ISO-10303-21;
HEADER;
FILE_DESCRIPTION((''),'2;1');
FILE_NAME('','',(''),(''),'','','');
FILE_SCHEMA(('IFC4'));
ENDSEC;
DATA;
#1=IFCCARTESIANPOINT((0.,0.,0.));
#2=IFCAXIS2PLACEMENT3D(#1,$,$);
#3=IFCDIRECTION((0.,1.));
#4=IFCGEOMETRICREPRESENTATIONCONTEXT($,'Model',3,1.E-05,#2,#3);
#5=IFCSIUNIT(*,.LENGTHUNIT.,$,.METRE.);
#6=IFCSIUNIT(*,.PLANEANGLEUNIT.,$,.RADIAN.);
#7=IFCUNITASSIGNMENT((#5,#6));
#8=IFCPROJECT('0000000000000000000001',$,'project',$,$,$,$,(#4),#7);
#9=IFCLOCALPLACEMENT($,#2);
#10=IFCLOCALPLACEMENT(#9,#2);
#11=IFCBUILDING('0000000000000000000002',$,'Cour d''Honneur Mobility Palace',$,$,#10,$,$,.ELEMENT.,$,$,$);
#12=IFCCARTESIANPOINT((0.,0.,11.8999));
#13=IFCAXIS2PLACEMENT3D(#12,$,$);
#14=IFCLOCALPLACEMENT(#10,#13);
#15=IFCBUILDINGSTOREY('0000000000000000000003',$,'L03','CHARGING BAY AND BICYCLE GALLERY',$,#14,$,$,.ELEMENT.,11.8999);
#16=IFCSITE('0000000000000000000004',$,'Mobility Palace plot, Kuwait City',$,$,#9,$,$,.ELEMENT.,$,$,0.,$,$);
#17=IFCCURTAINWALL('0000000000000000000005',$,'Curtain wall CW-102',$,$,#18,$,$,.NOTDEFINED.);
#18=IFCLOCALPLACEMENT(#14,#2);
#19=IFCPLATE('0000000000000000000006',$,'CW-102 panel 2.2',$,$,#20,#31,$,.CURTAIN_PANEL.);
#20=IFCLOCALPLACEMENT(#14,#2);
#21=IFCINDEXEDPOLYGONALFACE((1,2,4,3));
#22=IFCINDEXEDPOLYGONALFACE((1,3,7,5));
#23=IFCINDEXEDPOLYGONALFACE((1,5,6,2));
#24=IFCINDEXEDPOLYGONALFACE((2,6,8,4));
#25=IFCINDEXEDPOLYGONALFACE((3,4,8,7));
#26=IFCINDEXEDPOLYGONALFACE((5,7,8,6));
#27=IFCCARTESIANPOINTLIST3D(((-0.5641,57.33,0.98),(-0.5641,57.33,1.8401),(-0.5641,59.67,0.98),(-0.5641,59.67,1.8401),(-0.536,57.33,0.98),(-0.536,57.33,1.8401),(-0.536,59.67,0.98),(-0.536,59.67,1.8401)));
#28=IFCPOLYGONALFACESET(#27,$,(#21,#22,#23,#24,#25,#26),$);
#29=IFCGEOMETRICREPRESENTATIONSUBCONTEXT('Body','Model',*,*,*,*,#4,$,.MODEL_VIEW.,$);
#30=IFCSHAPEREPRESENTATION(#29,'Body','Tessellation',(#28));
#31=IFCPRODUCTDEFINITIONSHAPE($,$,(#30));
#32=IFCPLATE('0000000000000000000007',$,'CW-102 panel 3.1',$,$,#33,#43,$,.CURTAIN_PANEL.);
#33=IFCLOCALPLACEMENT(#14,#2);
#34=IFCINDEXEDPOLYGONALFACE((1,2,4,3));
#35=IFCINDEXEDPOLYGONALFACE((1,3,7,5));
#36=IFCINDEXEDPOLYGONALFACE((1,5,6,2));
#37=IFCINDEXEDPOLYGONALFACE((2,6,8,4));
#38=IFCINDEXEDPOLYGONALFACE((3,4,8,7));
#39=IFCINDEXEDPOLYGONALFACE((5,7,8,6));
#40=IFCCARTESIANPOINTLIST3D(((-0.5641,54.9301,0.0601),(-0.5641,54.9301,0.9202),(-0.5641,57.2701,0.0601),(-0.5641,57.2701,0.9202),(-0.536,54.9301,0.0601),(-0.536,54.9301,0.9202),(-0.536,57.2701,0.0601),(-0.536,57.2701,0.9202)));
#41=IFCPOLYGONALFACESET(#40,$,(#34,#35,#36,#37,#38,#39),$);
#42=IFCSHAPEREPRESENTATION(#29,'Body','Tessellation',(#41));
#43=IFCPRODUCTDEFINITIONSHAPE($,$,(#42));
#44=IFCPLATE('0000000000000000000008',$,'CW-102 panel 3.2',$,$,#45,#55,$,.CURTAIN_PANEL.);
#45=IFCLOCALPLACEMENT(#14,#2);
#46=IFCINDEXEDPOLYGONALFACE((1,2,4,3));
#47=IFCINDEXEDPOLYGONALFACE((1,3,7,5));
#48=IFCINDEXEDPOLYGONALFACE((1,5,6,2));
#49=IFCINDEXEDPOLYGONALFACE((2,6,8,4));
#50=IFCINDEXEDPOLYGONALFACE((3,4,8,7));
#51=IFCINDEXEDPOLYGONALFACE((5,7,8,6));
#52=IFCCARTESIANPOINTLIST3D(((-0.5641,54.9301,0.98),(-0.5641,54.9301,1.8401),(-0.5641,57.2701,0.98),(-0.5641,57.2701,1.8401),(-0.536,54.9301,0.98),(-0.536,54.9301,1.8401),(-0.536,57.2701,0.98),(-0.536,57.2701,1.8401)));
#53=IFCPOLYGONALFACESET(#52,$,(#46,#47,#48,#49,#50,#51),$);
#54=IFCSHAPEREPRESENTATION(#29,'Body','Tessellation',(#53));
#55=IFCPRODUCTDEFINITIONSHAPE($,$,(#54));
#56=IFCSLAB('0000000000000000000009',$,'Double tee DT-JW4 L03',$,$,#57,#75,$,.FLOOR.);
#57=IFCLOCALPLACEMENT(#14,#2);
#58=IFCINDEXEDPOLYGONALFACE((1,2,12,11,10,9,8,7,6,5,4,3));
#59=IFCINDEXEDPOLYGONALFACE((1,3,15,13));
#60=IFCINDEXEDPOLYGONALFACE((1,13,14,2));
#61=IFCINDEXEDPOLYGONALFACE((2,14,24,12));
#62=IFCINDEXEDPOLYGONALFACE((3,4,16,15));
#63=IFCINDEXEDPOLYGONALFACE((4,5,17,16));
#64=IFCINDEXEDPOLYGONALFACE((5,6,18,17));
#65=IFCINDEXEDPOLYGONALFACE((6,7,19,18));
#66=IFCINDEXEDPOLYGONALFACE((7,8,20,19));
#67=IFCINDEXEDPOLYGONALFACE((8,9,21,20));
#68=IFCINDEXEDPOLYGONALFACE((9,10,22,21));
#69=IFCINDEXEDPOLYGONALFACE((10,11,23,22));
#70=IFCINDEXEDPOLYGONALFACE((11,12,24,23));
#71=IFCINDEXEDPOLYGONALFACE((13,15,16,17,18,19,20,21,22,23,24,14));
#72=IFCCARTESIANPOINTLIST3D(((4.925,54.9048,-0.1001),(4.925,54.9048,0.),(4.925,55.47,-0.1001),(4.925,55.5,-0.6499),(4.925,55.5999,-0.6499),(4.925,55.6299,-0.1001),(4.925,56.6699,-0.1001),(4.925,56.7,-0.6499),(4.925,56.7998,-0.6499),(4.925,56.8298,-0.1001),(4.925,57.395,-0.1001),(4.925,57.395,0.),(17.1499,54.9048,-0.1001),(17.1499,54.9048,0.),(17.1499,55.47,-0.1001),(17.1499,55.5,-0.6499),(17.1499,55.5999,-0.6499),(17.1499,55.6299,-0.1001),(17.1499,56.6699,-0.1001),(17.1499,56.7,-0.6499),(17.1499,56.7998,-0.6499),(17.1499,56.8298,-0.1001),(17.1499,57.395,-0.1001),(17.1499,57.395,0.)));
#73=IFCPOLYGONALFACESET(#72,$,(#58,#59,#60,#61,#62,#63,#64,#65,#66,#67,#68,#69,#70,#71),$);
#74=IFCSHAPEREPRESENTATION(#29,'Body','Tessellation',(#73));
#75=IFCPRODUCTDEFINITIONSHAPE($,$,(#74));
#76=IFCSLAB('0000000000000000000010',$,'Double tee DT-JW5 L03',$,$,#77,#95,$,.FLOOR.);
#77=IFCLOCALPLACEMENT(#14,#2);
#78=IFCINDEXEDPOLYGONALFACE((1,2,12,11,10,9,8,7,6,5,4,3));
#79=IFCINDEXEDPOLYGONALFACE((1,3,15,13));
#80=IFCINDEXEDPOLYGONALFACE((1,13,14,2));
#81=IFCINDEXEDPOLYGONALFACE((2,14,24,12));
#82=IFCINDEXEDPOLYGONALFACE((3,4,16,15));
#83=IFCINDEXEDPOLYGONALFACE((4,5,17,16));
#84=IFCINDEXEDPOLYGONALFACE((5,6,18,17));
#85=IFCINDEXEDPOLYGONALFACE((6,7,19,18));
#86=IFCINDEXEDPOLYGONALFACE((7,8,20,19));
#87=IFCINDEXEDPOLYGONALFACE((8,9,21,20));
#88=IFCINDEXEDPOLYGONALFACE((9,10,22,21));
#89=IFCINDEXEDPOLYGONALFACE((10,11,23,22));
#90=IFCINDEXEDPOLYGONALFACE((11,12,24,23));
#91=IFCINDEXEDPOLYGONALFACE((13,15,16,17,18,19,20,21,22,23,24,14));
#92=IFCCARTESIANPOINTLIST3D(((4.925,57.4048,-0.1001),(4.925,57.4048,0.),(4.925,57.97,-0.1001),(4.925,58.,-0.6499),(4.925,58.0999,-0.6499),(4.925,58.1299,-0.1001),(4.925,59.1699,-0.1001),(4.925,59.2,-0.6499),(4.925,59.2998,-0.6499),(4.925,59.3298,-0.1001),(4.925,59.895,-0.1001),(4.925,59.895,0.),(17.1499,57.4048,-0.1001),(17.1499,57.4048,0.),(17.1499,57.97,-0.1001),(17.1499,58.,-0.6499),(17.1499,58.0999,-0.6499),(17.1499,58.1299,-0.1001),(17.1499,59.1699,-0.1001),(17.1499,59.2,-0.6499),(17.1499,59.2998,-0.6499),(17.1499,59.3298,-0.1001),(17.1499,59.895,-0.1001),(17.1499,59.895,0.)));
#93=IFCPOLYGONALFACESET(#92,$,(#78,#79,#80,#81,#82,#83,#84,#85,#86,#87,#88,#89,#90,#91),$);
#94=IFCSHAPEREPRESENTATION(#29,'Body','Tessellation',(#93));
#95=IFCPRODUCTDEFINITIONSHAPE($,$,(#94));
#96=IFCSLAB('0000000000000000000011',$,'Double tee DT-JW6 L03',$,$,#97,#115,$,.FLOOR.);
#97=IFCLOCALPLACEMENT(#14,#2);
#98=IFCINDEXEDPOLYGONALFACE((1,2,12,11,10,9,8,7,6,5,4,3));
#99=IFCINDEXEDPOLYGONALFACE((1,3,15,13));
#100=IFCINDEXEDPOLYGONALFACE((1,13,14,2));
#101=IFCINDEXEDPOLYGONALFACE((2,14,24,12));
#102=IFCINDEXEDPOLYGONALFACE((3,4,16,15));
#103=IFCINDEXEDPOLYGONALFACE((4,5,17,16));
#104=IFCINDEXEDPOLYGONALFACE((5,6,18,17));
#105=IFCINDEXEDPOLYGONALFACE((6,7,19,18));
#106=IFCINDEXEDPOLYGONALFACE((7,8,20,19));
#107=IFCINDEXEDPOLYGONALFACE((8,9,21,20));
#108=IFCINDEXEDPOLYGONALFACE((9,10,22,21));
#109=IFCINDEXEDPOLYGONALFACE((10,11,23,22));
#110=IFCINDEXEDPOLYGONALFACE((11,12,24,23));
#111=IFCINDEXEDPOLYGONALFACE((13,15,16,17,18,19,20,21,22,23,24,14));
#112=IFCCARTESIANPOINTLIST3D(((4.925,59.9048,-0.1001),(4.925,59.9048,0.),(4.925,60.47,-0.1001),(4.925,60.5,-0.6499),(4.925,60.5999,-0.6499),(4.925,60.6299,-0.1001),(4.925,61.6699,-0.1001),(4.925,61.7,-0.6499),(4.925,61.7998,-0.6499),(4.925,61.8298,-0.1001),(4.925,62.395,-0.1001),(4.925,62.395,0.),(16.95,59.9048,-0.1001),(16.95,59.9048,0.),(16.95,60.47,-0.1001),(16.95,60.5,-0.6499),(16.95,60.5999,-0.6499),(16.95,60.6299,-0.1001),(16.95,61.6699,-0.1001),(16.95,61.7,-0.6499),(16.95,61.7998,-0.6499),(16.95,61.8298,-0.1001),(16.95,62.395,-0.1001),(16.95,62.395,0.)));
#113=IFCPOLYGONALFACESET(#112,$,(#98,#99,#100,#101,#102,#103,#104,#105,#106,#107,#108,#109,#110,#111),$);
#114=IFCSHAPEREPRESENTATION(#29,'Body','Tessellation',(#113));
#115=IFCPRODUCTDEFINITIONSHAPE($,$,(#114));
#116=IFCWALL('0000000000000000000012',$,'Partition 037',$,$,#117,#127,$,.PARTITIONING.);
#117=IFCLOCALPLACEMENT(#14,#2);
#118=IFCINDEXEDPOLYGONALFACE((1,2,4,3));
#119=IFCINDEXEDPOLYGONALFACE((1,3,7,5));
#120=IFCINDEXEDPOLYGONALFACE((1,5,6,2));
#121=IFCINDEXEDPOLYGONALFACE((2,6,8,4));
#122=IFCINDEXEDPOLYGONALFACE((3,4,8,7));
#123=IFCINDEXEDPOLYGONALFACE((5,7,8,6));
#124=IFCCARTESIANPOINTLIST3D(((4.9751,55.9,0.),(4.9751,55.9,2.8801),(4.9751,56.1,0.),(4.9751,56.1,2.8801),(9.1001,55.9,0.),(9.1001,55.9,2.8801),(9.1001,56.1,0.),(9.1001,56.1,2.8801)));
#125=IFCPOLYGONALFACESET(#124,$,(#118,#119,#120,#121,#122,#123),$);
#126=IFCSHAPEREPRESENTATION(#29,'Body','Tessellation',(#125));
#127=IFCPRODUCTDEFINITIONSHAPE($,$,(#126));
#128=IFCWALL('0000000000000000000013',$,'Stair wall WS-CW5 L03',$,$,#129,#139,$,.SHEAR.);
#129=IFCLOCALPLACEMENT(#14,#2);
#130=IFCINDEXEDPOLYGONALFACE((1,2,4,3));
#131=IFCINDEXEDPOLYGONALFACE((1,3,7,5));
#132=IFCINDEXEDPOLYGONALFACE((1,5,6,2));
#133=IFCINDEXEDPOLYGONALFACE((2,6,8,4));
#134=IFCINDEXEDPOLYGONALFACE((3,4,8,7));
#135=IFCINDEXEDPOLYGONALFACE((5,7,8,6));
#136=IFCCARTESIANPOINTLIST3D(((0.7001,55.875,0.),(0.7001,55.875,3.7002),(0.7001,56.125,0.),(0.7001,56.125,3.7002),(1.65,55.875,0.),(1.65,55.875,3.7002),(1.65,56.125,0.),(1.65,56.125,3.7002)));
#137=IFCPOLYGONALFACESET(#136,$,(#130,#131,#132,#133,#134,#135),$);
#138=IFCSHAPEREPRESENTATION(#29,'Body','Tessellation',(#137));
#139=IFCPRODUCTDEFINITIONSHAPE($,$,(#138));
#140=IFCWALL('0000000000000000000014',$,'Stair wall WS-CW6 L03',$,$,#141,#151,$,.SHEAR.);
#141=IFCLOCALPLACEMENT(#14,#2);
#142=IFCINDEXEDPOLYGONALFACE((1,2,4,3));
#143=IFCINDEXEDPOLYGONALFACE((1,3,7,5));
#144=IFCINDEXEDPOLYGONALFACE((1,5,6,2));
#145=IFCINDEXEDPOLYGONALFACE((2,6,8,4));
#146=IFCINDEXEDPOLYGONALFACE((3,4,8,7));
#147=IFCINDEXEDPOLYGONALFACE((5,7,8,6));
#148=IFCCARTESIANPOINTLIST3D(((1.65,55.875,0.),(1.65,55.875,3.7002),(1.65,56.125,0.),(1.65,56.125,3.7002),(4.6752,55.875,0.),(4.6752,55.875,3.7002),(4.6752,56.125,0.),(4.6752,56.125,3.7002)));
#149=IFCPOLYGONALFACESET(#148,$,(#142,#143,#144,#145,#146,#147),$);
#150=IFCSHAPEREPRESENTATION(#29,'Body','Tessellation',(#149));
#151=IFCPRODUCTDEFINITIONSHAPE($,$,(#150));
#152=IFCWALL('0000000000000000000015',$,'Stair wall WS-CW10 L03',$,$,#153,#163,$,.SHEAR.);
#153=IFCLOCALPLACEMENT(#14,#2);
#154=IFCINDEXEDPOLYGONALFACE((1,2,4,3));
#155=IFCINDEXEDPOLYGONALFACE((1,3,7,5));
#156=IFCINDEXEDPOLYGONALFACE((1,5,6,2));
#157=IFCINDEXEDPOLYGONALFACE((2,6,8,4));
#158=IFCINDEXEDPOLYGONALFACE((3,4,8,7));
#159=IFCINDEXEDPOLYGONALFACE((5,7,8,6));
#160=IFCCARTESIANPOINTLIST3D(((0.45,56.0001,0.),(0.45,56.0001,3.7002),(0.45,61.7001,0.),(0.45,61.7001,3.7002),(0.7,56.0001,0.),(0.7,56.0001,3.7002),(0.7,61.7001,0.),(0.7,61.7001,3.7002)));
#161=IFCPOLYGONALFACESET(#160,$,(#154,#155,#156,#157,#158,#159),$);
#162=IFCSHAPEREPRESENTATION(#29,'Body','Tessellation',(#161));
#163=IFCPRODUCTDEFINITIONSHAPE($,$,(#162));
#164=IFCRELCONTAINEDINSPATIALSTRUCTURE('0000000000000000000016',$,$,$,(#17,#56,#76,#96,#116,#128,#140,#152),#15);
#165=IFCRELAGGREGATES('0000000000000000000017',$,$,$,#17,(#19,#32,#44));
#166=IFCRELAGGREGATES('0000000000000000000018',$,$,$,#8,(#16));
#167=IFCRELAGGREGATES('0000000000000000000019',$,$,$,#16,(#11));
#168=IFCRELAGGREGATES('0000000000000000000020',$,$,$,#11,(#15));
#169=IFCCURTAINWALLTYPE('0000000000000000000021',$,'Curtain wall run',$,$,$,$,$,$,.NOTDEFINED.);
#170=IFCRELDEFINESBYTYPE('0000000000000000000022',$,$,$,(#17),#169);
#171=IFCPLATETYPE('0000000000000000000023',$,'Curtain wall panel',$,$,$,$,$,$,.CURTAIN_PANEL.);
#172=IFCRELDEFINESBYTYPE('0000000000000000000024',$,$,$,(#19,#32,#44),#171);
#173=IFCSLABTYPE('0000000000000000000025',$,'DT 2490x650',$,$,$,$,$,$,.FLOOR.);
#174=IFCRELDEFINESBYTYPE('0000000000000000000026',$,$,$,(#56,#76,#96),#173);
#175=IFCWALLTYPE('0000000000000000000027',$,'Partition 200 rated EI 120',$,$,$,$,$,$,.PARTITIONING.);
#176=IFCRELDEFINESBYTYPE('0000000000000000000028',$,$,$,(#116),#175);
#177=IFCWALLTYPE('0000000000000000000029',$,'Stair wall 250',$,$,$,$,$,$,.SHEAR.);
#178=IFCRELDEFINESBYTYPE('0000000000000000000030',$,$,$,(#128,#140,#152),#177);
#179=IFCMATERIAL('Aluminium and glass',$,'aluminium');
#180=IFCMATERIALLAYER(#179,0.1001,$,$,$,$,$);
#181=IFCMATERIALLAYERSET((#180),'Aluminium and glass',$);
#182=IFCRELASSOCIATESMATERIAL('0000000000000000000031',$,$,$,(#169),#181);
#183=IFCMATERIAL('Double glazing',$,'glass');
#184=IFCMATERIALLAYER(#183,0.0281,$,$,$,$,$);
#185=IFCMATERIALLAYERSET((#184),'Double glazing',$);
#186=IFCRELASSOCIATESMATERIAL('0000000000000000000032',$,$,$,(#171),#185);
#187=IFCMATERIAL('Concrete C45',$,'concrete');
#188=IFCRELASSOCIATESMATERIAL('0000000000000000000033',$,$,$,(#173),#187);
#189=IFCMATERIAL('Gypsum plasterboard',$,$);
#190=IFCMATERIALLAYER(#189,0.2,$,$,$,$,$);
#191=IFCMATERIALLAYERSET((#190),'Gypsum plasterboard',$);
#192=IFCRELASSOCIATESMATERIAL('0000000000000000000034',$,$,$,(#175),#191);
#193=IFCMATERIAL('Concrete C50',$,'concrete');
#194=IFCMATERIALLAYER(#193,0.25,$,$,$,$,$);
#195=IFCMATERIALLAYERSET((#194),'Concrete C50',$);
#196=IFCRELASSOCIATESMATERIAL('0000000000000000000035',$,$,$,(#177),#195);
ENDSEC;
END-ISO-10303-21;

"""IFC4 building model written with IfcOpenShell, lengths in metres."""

from ifc_helpers import new_model, si_unit, direction, frame, frame_2d, origin, origin_2d, place, context, subcontext, project, spatial, polyline, rectangle, outline, extrude, material, layer, layer_set, material_profile, profile_set, type_object, element, aggregate, save


model = new_model("IFC4")

# Units and contexts
model_context = context("Model", 3, precision=1e-05, world=origin(), true_north=direction((0.0, 1.0)))
body_context = subcontext(model_context, "Body", "Model", "MODEL_VIEW")
ifc_project = project(units=[si_unit("LENGTHUNIT", "METRE"), si_unit("PLANEANGLEUNIT", "RADIAN")], contexts=[model_context])

# Site, building, storey
site_placement = place(None, origin())
site = spatial("IfcSite", under=ifc_project, at=site_placement, Name="Mobility Palace plot, Kuwait City", CompositionType="ELEMENT", RefElevation=0.0)
building_placement = place(site_placement, origin())
building = spatial("IfcBuilding", under=site, at=building_placement, Name="Cour d'Honneur Mobility Palace", CompositionType="ELEMENT")
storey_placement = place(building_placement, frame((0.0, 0.0, 11.8999)))
storey = spatial("IfcBuildingStorey", under=building, at=storey_placement, Name="L03", Description="CHARGING BAY AND BICYCLE GALLERY", CompositionType="ELEMENT", Elevation=11.8999)

# Curtain wall, plates
ifc_material_1 = material(Name="Aluminium and glass", Category="aluminium")
ifc_layer_1 = layer(ifc_material_1, 0.1001)
ifc_layer_set_1 = layer_set([ifc_layer_1], Name="Aluminium and glass")
curtain_wall_type = type_object("IfcCurtainWallType", Name="Curtain wall run", PredefinedType="NOTDEFINED", material=ifc_layer_set_1)
curtain_wall_placement = place(storey_placement, origin())
curtain_wall = element("IfcCurtainWall", 1, at=curtain_wall_placement, inside=storey, type_object=curtain_wall_type, Name="Curtain wall CW-102", PredefinedType="NOTDEFINED")
ifc_material_2 = material(Name="Double glazing", Category="glass")
ifc_layer_2 = layer(ifc_material_2, 0.0281)
ifc_layer_set_2 = layer_set([ifc_layer_2], Name="Double glazing")
plate_type = type_object("IfcPlateType", Name="Curtain wall panel", PredefinedType="CURTAIN_PANEL", material=ifc_layer_set_2)
plate_1_placement = place(storey_placement, frame((-0.55, 58.5, 0.98), z_axis=(0.0, 0.0, 1.0), x_axis=(0.0, -1.0, 0.0)))
plate_1 = element("IfcPlate", 2, at=plate_1_placement, type_object=plate_type, Name="CW-102 panel 2.2", PredefinedType="CURTAIN_PANEL", context=body_context, shape_type="SweptSolid", body=[
    extrude(rectangle(XDim=2.3401, YDim=0.0281, at=origin_2d()), origin(), (0.0, 0.0, 1.0), 0.8601),
])
plate_2_placement = place(storey_placement, frame((-0.55, 56.1001, 0.0601), z_axis=(0.0, 0.0, 1.0), x_axis=(0.0, -1.0, 0.0)))
plate_2 = element("IfcPlate", 3, at=plate_2_placement, type_object=plate_type, Name="CW-102 panel 3.1", PredefinedType="CURTAIN_PANEL", context=body_context, shape_type="SweptSolid", body=[
    extrude(rectangle(XDim=2.3401, YDim=0.0281, at=origin_2d()), origin(), (0.0, 0.0, 1.0), 0.8601),
])
plate_3_placement = place(storey_placement, frame((-0.55, 56.1001, 0.98), z_axis=(0.0, 0.0, 1.0), x_axis=(0.0, -1.0, 0.0)))
plate_3 = element("IfcPlate", 4, at=plate_3_placement, type_object=plate_type, Name="CW-102 panel 3.2", PredefinedType="CURTAIN_PANEL", context=body_context, shape_type="SweptSolid", body=[
    extrude(rectangle(XDim=2.3401, YDim=0.0281, at=origin_2d()), origin(), (0.0, 0.0, 1.0), 0.8601),
])
aggregate(curtain_wall, [plate_1, plate_2, plate_3])

# Slabs
ifc_material_3 = material(Name="Concrete C45", Category="concrete")
ifc_material_profile_1 = material_profile(ifc_material_3, outline(polyline([(-1.2451, 0.0), (1.2451, 0.0), (1.2451, -0.1001), (0.6799, -0.1001), (0.6499, -0.6499), (0.55, -0.6499), (0.52, -0.1001), (-0.52, -0.1001), (-0.55, -0.6499), (-0.6499, -0.6499), (-0.6799, -0.1001), (-1.2451, -0.1001), (-1.2451, 0.0)])), Name="DT 2490x650")
ifc_profile_set_1 = profile_set([ifc_material_profile_1], Name="Concrete C45")
slab_type = type_object("IfcSlabType", Name="DT 2490x650", PredefinedType="FLOOR", material=ifc_profile_set_1)
for number, where, z_axis, x_axis, name in (
    (5, (4.925, 56.1499, 0.0), (1.0, 0.0, 0.0), (0.0, 1.0, 0.0), "Double tee DT-JW4 L03"),
    (6, (4.925, 58.6499, 0.0), (1.0, 0.0, 0.0), (0.0, 1.0, 0.0), "Double tee DT-JW5 L03"),
):
    element("IfcSlab", number, at=place(storey_placement, frame(where, z_axis=z_axis, x_axis=x_axis)), inside=storey, type_object=slab_type, Name=name, PredefinedType="FLOOR", context=body_context, shape_type="SweptSolid", body=[
        extrude(outline(polyline([(-1.2451, 0.0), (1.2451, 0.0), (1.2451, -0.1001), (0.6799, -0.1001), (0.6499, -0.6499), (0.55, -0.6499), (0.52, -0.1001), (-0.52, -0.1001), (-0.55, -0.6499), (-0.6499, -0.6499), (-0.6799, -0.1001), (-1.2451, -0.1001), (-1.2451, 0.0)])), origin(), (0.0, 0.0, 1.0), 12.2249),
    ])
slab_placement = place(storey_placement, frame((4.925, 61.1499, 0.0), z_axis=(1.0, 0.0, 0.0), x_axis=(0.0, 1.0, 0.0)))
element("IfcSlab", 7, at=slab_placement, inside=storey, type_object=slab_type, Name="Double tee DT-JW6 L03", PredefinedType="FLOOR", context=body_context, shape_type="SweptSolid", body=[
    extrude(outline(polyline([(-1.2451, 0.0), (1.2451, 0.0), (1.2451, -0.1001), (0.6799, -0.1001), (0.6499, -0.6499), (0.55, -0.6499), (0.52, -0.1001), (-0.52, -0.1001), (-0.55, -0.6499), (-0.6499, -0.6499), (-0.6799, -0.1001), (-1.2451, -0.1001), (-1.2451, 0.0)])), origin(), (0.0, 0.0, 1.0), 12.0249),
])

# Walls
ifc_material_4 = material(Name="Gypsum plasterboard")
ifc_layer_3 = layer(ifc_material_4, 0.2)
ifc_layer_set_3 = layer_set([ifc_layer_3], Name="Gypsum plasterboard")
wall_type_1 = type_object("IfcWallType", Name="Partition 200 rated EI 120", PredefinedType="PARTITIONING", material=ifc_layer_set_3)
wall_1_placement = place(storey_placement, frame((9.1001, 56.0, 0.0), z_axis=(0.0, 0.0, 1.0), x_axis=(-1.0, 0.0, 0.0)))
element("IfcWall", 8, at=wall_1_placement, inside=storey, type_object=wall_type_1, Name="Partition 037", PredefinedType="PARTITIONING", context=body_context, shape_type="SweptSolid", body=[
    extrude(rectangle(XDim=4.125, YDim=0.2, at=frame_2d((2.0625, 0.0))), origin(), (0.0, 0.0, 1.0), 2.8801),
])
ifc_material_5 = material(Name="Concrete C50", Category="concrete")
ifc_layer_4 = layer(ifc_material_5, 0.25)
ifc_layer_set_4 = layer_set([ifc_layer_4], Name="Concrete C50")
wall_type_2 = type_object("IfcWallType", Name="Stair wall 250", PredefinedType="SHEAR", material=ifc_layer_set_4)
wall_2_placement = place(storey_placement, frame((0.7, 56.0, 0.0), z_axis=(0.0, 0.0, 1.0), x_axis=(1.0, 0.0, 0.0)))
element("IfcWall", 9, at=wall_2_placement, inside=storey, type_object=wall_type_2, Name="Stair wall WS-CW5 L03", PredefinedType="SHEAR", context=body_context, shape_type="SweptSolid", body=[
    extrude(rectangle(XDim=0.95, YDim=0.25, at=frame_2d((0.4751, 0.0))), origin(), (0.0, 0.0, 1.0), 3.7002),
])
wall_3_placement = place(storey_placement, frame((1.6499, 56.0, 0.0), z_axis=(0.0, 0.0, 1.0), x_axis=(1.0, 0.0, 0.0)))
element("IfcWall", 10, at=wall_3_placement, inside=storey, type_object=wall_type_2, Name="Stair wall WS-CW6 L03", PredefinedType="SHEAR", context=body_context, shape_type="SweptSolid", body=[
    extrude(rectangle(XDim=3.0251, YDim=0.25, at=frame_2d((1.5127, 0.0))), origin(), (0.0, 0.0, 1.0), 3.7002),
])
wall_4_placement = place(storey_placement, frame((0.575, 56.0, 0.0), z_axis=(0.0, 0.0, 1.0), x_axis=(0.0, 1.0, 0.0)))
element("IfcWall", 11, at=wall_4_placement, inside=storey, type_object=wall_type_2, Name="Stair wall WS-CW10 L03", PredefinedType="SHEAR", context=body_context, shape_type="SweptSolid", body=[
    extrude(rectangle(XDim=5.7, YDim=0.25, at=frame_2d((2.8501, 0.0))), origin(), (0.0, 0.0, 1.0), 3.7002),
])

save(model, "model.ifc")
